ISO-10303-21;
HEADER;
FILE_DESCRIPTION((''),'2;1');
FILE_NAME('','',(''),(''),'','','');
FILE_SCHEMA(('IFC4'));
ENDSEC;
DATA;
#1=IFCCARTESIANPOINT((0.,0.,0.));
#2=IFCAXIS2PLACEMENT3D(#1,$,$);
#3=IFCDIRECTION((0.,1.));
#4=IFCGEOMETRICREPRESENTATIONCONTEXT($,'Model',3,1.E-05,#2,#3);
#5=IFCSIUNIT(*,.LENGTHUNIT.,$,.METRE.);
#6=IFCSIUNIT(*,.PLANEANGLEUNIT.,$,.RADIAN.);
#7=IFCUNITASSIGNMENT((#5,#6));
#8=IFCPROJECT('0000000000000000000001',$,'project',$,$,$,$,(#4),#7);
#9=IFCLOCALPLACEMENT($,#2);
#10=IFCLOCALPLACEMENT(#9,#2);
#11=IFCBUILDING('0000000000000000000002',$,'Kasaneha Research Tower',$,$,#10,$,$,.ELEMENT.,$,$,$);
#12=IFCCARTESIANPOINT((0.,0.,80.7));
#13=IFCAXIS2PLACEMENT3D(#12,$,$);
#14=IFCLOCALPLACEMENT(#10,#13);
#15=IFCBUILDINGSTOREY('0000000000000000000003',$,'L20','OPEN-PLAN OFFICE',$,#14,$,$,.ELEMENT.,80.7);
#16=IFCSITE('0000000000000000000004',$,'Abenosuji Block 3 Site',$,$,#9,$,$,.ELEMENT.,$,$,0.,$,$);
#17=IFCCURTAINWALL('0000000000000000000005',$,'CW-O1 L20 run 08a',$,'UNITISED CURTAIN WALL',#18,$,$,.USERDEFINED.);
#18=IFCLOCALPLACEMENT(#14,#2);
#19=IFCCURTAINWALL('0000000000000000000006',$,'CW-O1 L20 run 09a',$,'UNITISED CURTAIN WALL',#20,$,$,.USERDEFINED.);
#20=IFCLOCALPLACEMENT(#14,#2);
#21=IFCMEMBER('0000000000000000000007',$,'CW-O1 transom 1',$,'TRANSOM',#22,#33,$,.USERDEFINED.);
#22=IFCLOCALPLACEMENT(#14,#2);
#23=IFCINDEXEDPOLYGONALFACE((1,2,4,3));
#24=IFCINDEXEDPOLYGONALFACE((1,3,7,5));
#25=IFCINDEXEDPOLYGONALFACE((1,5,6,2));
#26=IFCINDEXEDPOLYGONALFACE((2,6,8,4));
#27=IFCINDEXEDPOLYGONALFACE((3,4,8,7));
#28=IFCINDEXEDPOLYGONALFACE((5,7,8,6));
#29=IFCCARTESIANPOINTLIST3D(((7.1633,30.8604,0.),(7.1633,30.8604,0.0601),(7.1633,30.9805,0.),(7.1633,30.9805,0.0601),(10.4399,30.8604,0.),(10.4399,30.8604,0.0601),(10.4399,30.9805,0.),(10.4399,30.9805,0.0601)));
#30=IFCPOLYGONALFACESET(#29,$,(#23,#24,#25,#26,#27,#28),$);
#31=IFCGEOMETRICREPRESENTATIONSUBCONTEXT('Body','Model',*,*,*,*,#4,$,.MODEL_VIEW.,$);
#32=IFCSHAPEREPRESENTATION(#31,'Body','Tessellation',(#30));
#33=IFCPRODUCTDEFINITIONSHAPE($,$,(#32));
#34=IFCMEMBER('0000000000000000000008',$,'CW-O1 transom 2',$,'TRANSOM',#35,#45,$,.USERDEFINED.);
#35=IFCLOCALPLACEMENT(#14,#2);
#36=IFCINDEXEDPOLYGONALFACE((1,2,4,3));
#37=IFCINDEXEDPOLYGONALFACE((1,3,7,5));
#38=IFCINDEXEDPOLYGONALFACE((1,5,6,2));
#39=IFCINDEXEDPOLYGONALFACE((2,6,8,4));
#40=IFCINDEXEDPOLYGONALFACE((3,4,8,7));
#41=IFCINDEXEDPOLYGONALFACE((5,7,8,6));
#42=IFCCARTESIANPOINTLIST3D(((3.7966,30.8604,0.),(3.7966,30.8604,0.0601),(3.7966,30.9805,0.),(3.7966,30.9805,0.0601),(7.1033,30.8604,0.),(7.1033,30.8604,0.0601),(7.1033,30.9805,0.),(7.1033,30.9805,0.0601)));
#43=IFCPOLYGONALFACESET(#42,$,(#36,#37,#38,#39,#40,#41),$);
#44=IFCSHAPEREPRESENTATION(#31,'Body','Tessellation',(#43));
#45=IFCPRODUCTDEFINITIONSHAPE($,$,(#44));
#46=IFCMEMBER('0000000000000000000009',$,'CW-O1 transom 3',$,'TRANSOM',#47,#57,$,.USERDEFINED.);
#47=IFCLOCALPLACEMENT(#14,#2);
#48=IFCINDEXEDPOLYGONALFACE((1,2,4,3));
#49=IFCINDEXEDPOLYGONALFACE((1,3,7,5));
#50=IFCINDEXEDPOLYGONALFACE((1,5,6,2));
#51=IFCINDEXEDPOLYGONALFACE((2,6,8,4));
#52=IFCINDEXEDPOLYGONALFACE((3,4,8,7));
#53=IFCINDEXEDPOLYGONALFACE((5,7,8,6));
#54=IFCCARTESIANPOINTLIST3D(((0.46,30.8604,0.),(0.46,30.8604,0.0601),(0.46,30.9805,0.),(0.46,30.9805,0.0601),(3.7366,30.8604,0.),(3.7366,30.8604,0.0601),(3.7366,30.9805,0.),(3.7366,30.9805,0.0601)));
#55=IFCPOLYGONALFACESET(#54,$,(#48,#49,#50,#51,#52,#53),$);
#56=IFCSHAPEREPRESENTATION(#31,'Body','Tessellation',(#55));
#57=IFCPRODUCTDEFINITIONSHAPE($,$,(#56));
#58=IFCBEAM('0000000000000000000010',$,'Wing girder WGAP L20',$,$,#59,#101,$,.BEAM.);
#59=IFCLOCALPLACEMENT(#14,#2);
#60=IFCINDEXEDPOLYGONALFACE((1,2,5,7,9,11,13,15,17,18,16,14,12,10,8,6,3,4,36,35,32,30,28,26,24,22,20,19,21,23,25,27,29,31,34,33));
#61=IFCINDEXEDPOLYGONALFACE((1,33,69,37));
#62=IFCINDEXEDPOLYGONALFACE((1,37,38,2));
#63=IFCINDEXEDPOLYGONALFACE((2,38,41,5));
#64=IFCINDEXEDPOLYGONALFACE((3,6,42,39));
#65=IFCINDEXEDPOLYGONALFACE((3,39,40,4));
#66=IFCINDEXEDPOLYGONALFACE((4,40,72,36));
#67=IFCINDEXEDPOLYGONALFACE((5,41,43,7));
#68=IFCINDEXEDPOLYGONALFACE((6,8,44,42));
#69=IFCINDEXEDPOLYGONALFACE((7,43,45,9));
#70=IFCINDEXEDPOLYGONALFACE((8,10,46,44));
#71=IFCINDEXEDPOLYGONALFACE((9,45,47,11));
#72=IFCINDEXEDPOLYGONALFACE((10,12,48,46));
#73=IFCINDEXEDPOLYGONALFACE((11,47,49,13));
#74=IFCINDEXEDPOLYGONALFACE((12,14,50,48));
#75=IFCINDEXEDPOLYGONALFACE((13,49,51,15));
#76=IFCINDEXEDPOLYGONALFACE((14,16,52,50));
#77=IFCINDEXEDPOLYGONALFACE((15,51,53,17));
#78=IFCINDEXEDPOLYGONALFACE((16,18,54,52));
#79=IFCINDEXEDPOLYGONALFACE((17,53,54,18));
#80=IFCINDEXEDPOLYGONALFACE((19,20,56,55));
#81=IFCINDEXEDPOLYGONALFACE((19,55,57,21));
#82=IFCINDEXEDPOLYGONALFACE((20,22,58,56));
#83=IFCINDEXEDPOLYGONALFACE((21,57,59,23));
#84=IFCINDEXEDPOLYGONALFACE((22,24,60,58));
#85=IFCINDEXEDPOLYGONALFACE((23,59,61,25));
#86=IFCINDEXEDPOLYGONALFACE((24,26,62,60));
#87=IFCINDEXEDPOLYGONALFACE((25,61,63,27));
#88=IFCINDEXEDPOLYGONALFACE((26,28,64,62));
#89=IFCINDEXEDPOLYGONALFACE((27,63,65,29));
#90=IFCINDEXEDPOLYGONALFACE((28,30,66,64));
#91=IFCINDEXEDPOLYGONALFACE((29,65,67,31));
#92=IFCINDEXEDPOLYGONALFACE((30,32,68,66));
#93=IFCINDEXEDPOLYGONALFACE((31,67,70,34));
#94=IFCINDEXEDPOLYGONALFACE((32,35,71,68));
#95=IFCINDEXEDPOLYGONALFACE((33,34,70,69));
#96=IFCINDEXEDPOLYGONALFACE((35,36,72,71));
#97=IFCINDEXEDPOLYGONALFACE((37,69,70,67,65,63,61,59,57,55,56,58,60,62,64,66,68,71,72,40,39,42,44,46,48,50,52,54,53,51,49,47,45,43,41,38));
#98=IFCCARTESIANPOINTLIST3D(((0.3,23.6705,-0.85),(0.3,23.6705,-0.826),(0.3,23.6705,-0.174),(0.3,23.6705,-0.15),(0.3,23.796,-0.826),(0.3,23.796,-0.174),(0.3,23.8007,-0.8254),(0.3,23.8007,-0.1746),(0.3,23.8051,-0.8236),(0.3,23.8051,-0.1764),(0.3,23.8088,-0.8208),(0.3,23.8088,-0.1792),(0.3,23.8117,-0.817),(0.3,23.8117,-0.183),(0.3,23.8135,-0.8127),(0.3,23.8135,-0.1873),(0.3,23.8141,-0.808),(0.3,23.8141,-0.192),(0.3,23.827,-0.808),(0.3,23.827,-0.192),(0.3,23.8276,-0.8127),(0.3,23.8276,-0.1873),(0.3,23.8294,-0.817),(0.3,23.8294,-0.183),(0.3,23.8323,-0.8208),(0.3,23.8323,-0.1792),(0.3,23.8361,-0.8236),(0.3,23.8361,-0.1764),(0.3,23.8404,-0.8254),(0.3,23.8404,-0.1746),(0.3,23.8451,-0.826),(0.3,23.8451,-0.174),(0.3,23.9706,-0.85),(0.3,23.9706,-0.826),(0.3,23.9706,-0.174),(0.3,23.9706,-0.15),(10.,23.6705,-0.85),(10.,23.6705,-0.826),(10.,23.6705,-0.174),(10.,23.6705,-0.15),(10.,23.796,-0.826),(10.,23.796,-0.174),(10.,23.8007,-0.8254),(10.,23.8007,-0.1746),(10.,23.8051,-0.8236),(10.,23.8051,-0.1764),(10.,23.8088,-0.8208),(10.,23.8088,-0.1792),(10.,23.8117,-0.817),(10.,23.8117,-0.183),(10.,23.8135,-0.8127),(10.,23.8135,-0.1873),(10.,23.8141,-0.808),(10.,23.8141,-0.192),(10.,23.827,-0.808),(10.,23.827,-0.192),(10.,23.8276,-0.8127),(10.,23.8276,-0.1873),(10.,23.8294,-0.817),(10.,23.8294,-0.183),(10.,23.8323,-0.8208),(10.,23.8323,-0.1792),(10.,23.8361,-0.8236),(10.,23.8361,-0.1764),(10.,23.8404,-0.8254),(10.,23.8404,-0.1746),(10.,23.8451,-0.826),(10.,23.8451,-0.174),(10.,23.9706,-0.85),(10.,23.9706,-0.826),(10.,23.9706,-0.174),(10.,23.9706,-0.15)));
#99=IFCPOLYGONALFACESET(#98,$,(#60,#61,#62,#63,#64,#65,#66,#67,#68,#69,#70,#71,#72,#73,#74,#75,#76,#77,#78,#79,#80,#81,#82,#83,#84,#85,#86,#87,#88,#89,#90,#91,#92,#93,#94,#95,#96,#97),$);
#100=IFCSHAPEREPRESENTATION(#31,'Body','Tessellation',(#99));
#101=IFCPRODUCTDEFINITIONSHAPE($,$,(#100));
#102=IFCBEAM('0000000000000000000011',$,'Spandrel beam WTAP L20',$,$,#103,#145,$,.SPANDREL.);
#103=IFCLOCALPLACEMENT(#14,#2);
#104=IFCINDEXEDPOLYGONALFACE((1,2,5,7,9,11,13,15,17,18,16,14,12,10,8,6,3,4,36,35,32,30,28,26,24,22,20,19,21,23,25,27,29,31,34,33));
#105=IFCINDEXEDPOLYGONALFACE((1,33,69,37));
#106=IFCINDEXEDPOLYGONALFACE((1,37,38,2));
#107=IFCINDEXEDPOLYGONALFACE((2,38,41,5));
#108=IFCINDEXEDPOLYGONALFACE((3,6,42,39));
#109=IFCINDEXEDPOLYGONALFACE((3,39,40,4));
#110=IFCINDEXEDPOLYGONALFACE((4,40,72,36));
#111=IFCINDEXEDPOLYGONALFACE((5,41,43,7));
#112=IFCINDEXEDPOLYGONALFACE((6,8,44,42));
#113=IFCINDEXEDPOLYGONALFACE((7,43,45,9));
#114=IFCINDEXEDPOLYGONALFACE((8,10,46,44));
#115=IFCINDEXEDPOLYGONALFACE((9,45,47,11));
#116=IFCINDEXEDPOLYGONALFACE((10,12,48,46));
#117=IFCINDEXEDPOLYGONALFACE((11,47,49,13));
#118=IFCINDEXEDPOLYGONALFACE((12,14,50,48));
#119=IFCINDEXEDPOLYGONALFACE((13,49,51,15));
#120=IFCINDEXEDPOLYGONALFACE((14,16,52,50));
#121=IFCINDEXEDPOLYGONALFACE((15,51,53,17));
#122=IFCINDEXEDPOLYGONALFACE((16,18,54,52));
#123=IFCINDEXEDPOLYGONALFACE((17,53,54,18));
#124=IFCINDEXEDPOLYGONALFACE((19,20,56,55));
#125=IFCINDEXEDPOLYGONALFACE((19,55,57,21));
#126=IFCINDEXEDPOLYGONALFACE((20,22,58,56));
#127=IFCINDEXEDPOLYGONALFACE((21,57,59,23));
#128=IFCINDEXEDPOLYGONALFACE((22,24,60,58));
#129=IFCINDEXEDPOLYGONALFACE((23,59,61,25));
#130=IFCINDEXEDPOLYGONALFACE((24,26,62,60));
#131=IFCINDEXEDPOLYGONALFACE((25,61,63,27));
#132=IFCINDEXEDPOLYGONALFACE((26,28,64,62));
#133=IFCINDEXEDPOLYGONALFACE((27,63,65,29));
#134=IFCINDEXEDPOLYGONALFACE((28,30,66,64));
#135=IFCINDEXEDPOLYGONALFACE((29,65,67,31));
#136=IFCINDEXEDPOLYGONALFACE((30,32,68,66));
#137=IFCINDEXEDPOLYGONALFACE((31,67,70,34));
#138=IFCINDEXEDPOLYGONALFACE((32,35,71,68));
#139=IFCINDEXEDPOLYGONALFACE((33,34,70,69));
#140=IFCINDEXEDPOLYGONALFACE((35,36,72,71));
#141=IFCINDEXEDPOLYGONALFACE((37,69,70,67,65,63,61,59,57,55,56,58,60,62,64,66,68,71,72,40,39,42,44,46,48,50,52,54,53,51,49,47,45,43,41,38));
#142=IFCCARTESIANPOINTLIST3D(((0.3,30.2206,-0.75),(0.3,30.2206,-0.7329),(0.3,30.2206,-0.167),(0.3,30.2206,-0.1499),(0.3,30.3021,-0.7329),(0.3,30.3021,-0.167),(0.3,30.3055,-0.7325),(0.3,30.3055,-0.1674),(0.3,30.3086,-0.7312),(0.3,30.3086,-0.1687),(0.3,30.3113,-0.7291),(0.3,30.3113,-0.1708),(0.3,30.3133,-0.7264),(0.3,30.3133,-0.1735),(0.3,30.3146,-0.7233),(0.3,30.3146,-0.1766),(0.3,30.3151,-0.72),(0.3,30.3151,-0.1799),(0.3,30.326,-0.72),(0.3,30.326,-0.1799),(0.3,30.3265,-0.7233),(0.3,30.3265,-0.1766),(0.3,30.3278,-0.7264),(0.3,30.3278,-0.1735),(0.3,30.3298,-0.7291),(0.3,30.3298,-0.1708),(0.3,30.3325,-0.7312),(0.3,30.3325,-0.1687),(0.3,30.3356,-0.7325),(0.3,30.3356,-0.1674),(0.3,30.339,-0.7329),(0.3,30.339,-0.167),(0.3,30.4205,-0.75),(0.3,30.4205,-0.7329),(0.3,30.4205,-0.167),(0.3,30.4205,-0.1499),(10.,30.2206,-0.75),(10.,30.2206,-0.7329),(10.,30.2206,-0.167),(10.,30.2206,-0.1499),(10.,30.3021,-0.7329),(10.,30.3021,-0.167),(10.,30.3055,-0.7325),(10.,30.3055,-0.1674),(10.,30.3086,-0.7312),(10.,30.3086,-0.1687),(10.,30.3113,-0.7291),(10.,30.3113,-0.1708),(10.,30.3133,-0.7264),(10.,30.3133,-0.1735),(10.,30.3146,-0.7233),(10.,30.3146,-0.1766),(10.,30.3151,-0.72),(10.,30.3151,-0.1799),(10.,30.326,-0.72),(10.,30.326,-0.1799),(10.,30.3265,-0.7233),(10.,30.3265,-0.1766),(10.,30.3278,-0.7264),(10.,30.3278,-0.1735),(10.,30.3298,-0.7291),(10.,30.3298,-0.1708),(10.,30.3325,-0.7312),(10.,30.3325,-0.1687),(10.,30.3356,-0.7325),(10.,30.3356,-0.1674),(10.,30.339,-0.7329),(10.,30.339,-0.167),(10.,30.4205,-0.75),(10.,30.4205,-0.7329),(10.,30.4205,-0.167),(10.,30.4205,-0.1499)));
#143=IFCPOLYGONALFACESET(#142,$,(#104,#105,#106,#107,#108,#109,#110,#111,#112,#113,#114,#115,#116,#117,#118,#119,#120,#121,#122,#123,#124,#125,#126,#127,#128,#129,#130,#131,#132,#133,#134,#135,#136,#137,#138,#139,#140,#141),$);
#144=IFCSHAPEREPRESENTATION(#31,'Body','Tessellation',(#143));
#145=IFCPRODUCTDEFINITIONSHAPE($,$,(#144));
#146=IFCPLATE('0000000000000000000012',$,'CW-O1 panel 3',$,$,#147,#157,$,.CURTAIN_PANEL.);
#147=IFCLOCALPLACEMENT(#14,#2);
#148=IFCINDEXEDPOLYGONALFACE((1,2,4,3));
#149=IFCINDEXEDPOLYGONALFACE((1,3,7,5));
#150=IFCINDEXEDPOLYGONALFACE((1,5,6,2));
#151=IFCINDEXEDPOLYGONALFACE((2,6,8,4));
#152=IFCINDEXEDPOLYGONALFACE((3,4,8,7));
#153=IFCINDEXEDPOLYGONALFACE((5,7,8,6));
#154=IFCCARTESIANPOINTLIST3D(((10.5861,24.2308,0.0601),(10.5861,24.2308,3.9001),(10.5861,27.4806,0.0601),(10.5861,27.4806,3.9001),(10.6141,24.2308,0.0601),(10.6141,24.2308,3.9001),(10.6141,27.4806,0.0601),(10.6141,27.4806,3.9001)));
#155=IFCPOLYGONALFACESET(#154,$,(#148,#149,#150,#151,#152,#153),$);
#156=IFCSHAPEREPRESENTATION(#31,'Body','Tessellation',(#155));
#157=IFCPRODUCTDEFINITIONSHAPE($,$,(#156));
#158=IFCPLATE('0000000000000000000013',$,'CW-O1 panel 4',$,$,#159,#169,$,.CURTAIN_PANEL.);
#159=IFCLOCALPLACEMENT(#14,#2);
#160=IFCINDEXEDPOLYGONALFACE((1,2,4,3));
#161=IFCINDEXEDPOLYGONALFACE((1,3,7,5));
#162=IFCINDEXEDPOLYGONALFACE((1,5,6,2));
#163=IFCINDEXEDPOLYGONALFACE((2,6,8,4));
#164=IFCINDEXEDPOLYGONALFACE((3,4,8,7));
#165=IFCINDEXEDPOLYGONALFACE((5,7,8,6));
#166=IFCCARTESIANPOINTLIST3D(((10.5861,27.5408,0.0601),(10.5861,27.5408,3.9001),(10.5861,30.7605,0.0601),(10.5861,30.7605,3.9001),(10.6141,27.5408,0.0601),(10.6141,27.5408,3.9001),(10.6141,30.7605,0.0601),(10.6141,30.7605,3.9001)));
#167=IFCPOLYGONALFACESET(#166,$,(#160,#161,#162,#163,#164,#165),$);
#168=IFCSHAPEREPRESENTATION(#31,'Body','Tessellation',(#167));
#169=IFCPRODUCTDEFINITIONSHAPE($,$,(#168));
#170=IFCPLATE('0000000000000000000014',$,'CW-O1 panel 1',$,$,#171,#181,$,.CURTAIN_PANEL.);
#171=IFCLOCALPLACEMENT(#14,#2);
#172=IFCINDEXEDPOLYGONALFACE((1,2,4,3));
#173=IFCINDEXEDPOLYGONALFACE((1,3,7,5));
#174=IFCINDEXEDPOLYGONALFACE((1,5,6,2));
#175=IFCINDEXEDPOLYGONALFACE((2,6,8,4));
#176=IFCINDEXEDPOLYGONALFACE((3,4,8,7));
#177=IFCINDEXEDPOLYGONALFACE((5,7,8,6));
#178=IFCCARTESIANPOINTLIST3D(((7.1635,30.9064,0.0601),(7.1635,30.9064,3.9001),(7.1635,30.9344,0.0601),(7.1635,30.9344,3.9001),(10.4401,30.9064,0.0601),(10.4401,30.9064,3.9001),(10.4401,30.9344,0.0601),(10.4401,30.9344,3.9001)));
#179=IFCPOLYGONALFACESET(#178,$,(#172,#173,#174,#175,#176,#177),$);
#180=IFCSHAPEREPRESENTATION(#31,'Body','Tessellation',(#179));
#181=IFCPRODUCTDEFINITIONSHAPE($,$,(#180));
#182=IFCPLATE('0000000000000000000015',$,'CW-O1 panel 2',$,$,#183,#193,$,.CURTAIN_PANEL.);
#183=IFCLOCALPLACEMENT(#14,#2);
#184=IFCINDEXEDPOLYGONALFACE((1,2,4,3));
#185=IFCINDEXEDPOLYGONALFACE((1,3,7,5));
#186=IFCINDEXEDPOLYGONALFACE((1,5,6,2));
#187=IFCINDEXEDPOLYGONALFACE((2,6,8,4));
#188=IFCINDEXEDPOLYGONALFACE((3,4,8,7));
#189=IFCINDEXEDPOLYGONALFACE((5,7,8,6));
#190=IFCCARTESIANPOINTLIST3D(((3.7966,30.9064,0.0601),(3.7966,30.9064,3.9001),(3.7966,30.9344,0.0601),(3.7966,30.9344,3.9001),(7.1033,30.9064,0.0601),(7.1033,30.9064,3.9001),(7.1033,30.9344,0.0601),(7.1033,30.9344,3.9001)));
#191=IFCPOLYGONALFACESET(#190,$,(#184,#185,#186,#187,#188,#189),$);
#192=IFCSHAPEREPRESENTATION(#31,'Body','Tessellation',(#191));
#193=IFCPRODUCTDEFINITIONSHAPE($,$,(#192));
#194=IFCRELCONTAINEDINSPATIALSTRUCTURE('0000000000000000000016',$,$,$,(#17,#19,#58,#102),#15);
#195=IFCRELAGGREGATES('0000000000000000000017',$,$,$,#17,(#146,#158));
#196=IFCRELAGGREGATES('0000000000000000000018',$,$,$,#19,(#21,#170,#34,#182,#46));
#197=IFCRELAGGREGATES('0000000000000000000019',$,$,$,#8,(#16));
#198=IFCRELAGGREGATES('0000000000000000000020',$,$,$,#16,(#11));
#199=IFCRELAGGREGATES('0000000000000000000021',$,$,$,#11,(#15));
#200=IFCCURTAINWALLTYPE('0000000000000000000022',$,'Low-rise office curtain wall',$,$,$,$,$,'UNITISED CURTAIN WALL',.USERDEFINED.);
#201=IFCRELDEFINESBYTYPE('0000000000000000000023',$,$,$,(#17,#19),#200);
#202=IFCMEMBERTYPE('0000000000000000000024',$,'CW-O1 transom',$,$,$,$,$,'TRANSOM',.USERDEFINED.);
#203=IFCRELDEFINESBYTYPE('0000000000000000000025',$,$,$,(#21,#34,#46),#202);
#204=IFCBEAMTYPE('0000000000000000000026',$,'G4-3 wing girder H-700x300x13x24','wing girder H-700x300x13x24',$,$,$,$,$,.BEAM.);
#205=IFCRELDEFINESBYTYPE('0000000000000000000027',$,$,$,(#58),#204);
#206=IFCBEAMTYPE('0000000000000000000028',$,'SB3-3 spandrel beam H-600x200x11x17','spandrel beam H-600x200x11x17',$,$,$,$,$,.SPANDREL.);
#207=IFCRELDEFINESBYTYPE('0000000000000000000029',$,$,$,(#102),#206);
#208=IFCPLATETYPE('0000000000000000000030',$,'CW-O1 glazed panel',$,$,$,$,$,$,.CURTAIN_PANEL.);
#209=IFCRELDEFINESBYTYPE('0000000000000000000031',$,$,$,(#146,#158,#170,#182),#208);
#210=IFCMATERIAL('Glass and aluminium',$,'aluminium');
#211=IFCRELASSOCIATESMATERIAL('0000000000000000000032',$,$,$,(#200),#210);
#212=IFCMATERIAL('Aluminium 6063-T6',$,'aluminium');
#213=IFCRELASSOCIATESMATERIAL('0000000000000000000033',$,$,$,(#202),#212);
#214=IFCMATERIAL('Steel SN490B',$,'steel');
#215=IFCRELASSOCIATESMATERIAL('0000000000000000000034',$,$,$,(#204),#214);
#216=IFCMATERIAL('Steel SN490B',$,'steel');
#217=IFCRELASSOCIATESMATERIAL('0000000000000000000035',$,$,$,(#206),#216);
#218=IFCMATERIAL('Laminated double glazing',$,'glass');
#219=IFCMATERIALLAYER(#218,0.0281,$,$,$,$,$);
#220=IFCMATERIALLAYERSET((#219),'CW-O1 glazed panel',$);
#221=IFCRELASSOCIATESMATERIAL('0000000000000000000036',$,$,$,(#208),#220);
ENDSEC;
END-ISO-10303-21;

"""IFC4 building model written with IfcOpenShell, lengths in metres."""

from ifc_helpers import new_model, si_unit, direction, frame, origin, origin_2d, place, context, subcontext, project, spatial, rectangle, i_section, extrude, material, layer, layer_set, material_profile, profile_set, type_object, element, aggregate, save


model = new_model("IFC4")

# Units and contexts
model_context = context("Model", 3, precision=1e-05, world=origin(), true_north=direction((0.0, 1.0)))
body_context = subcontext(model_context, "Body", "Model", "MODEL_VIEW")
ifc_project = project(units=[si_unit("LENGTHUNIT", "METRE"), si_unit("PLANEANGLEUNIT", "RADIAN")], contexts=[model_context])

# Site, building, storey
site_placement = place(None, origin())
site = spatial("IfcSite", under=ifc_project, at=site_placement, Name="Abenosuji Block 3 Site", CompositionType="ELEMENT", RefElevation=0.0)
building_placement = place(site_placement, origin())
building = spatial("IfcBuilding", under=site, at=building_placement, Name="Kasaneha Research Tower", CompositionType="ELEMENT")
storey_placement = place(building_placement, frame((0.0, 0.0, 80.7)))
storey = spatial("IfcBuildingStorey", under=building, at=storey_placement, Name="L20", Description="OPEN-PLAN OFFICE", CompositionType="ELEMENT", Elevation=80.7)

# Curtain walls
ifc_material_1 = material(Name="Glass and aluminium", Category="aluminium")
curtain_wall_type = type_object("IfcCurtainWallType", Name="Low-rise office curtain wall", ElementType="UNITISED CURTAIN WALL", PredefinedType="USERDEFINED", material=ifc_material_1)
curtain_wall_1_placement = place(storey_placement, origin())
curtain_wall_1 = element("IfcCurtainWall", 1, at=curtain_wall_1_placement, inside=storey, type_object=curtain_wall_type, Name="CW-O1 L20 run 08a", ObjectType="UNITISED CURTAIN WALL", PredefinedType="USERDEFINED")
curtain_wall_2_placement = place(storey_placement, origin())
curtain_wall_2 = element("IfcCurtainWall", 2, at=curtain_wall_2_placement, inside=storey, type_object=curtain_wall_type, Name="CW-O1 L20 run 09a", ObjectType="UNITISED CURTAIN WALL", PredefinedType="USERDEFINED")

# Members
ifc_material_2 = material(Name="Aluminium 6063-T6", Category="aluminium")
ifc_material_profile_1 = material_profile(ifc_material_2, rectangle(XDim=0.1201, YDim=0.0601, at=origin_2d()), Name="CW-O1 transom 120x60")
ifc_profile_set_1 = profile_set([ifc_material_profile_1], Name="Aluminium 6063-T6")
member_type_1 = type_object("IfcMemberType", Name="CW-O1 transom", ElementType="TRANSOM", PredefinedType="USERDEFINED", material=ifc_profile_set_1)
member_1_placement = place(storey_placement, frame((10.4399, 30.9204, 0.03), z_axis=(-1.0, 0.0, 0.0), x_axis=(0.0, -1.0, 0.0)))
member_1 = element("IfcMember", 3, at=member_1_placement, type_object=member_type_1, Name="CW-O1 transom 1", ObjectType="TRANSOM", PredefinedType="USERDEFINED", context=body_context, shape_type="SweptSolid", body=[
    extrude(rectangle(XDim=0.1201, YDim=0.0601, at=origin_2d()), origin(), (0.0, 0.0, 1.0), 3.2766),
])
member_2_placement = place(storey_placement, frame((7.1033, 30.9204, 0.03), z_axis=(-1.0, 0.0, 0.0), x_axis=(0.0, -1.0, 0.0)))
member_2 = element("IfcMember", 4, at=member_2_placement, type_object=member_type_1, Name="CW-O1 transom 2", ObjectType="TRANSOM", PredefinedType="USERDEFINED", context=body_context, shape_type="SweptSolid", body=[
    extrude(rectangle(XDim=0.1201, YDim=0.0601, at=origin_2d()), origin(), (0.0, 0.0, 1.0), 3.3066),
])
member_3_placement = place(storey_placement, frame((3.7366, 30.9204, 0.03), z_axis=(-1.0, 0.0, 0.0), x_axis=(0.0, -1.0, 0.0)))
member_3 = element("IfcMember", 5, at=member_3_placement, type_object=member_type_1, Name="CW-O1 transom 3", ObjectType="TRANSOM", PredefinedType="USERDEFINED", context=body_context, shape_type="SweptSolid", body=[
    extrude(rectangle(XDim=0.1201, YDim=0.0601, at=origin_2d()), origin(), (0.0, 0.0, 1.0), 3.2766),
])

# Beams
ifc_material_3 = material(Name="Steel SN490B", Category="steel")
ifc_material_profile_2 = material_profile(ifc_material_3, i_section(OverallWidth=0.3, OverallDepth=0.7, WebThickness=0.0129, FlangeThickness=0.0239, FilletRadius=0.0181, at=origin_2d()), Name="H-700x300x13x24")
ifc_profile_set_2 = profile_set([ifc_material_profile_2], Name="Steel SN490B")
beam_type_1 = type_object("IfcBeamType", Name="G4-3 wing girder H-700x300x13x24", Description="wing girder H-700x300x13x24", PredefinedType="BEAM", material=ifc_profile_set_2)
beam_1_placement = place(storey_placement, frame((10.0, 23.8206, -0.5), z_axis=(-1.0, 0.0, 0.0), x_axis=(0.0, -1.0, 0.0)))
element("IfcBeam", 6, at=beam_1_placement, inside=storey, type_object=beam_type_1, Name="Wing girder WGAP L20", PredefinedType="BEAM", context=body_context, shape_type="SweptSolid", body=[
    extrude(i_section(OverallWidth=0.3, OverallDepth=0.7, WebThickness=0.0129, FlangeThickness=0.0239, FilletRadius=0.0181, at=origin_2d()), origin(), (0.0, 0.0, 1.0), 9.7),
])
ifc_material_4 = material(Name="Steel SN490B", Category="steel")
ifc_material_profile_3 = material_profile(ifc_material_4, i_section(OverallWidth=0.2, OverallDepth=0.6001, WebThickness=0.011, FlangeThickness=0.0171, FilletRadius=0.0129, at=origin_2d()), Name="H-600x200x11x17")
ifc_profile_set_3 = profile_set([ifc_material_profile_3], Name="Steel SN490B")
beam_type_2 = type_object("IfcBeamType", Name="SB3-3 spandrel beam H-600x200x11x17", Description="spandrel beam H-600x200x11x17", PredefinedType="SPANDREL", material=ifc_profile_set_3)
beam_2_placement = place(storey_placement, frame((10.0, 30.3206, -0.45), z_axis=(-1.0, 0.0, 0.0), x_axis=(0.0, -1.0, 0.0)))
element("IfcBeam", 7, at=beam_2_placement, inside=storey, type_object=beam_type_2, Name="Spandrel beam WTAP L20", PredefinedType="SPANDREL", context=body_context, shape_type="SweptSolid", body=[
    extrude(i_section(OverallWidth=0.2, OverallDepth=0.6001, WebThickness=0.011, FlangeThickness=0.0171, FilletRadius=0.0129, at=origin_2d()), origin(), (0.0, 0.0, 1.0), 9.7),
])

# Plates
ifc_material_5 = material(Name="Laminated double glazing", Category="glass")
ifc_layer_1 = layer(ifc_material_5, 0.0281)
ifc_layer_set_1 = layer_set([ifc_layer_1], Name="CW-O1 glazed panel")
plate_type = type_object("IfcPlateType", Name="CW-O1 glazed panel", PredefinedType="CURTAIN_PANEL", material=ifc_layer_set_1)
plate_1_placement = place(storey_placement, frame((10.6001, 25.8557, 0.0601), z_axis=(0.0, 0.0, 1.0), x_axis=(0.0, 1.0, 0.0)))
plate_1 = element("IfcPlate", 8, at=plate_1_placement, type_object=plate_type, Name="CW-O1 panel 3", PredefinedType="CURTAIN_PANEL", context=body_context, shape_type="SweptSolid", body=[
    extrude(rectangle(XDim=3.2498, YDim=0.0281, at=origin_2d()), origin(), (0.0, 0.0, 1.0), 3.8401),
])
plate_2_placement = place(storey_placement, frame((10.6001, 29.1506, 0.0601), z_axis=(0.0, 0.0, 1.0), x_axis=(0.0, 1.0, 0.0)))
plate_2 = element("IfcPlate", 9, at=plate_2_placement, type_object=plate_type, Name="CW-O1 panel 4", PredefinedType="CURTAIN_PANEL", context=body_context, shape_type="SweptSolid", body=[
    extrude(rectangle(XDim=3.2197, YDim=0.0281, at=origin_2d()), origin(), (0.0, 0.0, 1.0), 3.8401),
])
aggregate(curtain_wall_1, [plate_1, plate_2])
plate_3_placement = place(storey_placement, frame((8.8018, 30.9204, 0.0601), z_axis=(0.0, 0.0, 1.0), x_axis=(-1.0, 0.0, 0.0)))
plate_3 = element("IfcPlate", 10, at=plate_3_placement, type_object=plate_type, Name="CW-O1 panel 1", PredefinedType="CURTAIN_PANEL", context=body_context, shape_type="SweptSolid", body=[
    extrude(rectangle(XDim=3.2766, YDim=0.0281, at=origin_2d()), origin(), (0.0, 0.0, 1.0), 3.8401),
])
plate_4_placement = place(storey_placement, frame((5.45, 30.9204, 0.0601), z_axis=(0.0, 0.0, 1.0), x_axis=(-1.0, 0.0, 0.0)))
plate_4 = element("IfcPlate", 11, at=plate_4_placement, type_object=plate_type, Name="CW-O1 panel 2", PredefinedType="CURTAIN_PANEL", context=body_context, shape_type="SweptSolid", body=[
    extrude(rectangle(XDim=3.3066, YDim=0.0281, at=origin_2d()), origin(), (0.0, 0.0, 1.0), 3.8401),
])
aggregate(curtain_wall_2, [member_1, plate_3, member_2, plate_4, member_3])

save(model, "model.ifc")
